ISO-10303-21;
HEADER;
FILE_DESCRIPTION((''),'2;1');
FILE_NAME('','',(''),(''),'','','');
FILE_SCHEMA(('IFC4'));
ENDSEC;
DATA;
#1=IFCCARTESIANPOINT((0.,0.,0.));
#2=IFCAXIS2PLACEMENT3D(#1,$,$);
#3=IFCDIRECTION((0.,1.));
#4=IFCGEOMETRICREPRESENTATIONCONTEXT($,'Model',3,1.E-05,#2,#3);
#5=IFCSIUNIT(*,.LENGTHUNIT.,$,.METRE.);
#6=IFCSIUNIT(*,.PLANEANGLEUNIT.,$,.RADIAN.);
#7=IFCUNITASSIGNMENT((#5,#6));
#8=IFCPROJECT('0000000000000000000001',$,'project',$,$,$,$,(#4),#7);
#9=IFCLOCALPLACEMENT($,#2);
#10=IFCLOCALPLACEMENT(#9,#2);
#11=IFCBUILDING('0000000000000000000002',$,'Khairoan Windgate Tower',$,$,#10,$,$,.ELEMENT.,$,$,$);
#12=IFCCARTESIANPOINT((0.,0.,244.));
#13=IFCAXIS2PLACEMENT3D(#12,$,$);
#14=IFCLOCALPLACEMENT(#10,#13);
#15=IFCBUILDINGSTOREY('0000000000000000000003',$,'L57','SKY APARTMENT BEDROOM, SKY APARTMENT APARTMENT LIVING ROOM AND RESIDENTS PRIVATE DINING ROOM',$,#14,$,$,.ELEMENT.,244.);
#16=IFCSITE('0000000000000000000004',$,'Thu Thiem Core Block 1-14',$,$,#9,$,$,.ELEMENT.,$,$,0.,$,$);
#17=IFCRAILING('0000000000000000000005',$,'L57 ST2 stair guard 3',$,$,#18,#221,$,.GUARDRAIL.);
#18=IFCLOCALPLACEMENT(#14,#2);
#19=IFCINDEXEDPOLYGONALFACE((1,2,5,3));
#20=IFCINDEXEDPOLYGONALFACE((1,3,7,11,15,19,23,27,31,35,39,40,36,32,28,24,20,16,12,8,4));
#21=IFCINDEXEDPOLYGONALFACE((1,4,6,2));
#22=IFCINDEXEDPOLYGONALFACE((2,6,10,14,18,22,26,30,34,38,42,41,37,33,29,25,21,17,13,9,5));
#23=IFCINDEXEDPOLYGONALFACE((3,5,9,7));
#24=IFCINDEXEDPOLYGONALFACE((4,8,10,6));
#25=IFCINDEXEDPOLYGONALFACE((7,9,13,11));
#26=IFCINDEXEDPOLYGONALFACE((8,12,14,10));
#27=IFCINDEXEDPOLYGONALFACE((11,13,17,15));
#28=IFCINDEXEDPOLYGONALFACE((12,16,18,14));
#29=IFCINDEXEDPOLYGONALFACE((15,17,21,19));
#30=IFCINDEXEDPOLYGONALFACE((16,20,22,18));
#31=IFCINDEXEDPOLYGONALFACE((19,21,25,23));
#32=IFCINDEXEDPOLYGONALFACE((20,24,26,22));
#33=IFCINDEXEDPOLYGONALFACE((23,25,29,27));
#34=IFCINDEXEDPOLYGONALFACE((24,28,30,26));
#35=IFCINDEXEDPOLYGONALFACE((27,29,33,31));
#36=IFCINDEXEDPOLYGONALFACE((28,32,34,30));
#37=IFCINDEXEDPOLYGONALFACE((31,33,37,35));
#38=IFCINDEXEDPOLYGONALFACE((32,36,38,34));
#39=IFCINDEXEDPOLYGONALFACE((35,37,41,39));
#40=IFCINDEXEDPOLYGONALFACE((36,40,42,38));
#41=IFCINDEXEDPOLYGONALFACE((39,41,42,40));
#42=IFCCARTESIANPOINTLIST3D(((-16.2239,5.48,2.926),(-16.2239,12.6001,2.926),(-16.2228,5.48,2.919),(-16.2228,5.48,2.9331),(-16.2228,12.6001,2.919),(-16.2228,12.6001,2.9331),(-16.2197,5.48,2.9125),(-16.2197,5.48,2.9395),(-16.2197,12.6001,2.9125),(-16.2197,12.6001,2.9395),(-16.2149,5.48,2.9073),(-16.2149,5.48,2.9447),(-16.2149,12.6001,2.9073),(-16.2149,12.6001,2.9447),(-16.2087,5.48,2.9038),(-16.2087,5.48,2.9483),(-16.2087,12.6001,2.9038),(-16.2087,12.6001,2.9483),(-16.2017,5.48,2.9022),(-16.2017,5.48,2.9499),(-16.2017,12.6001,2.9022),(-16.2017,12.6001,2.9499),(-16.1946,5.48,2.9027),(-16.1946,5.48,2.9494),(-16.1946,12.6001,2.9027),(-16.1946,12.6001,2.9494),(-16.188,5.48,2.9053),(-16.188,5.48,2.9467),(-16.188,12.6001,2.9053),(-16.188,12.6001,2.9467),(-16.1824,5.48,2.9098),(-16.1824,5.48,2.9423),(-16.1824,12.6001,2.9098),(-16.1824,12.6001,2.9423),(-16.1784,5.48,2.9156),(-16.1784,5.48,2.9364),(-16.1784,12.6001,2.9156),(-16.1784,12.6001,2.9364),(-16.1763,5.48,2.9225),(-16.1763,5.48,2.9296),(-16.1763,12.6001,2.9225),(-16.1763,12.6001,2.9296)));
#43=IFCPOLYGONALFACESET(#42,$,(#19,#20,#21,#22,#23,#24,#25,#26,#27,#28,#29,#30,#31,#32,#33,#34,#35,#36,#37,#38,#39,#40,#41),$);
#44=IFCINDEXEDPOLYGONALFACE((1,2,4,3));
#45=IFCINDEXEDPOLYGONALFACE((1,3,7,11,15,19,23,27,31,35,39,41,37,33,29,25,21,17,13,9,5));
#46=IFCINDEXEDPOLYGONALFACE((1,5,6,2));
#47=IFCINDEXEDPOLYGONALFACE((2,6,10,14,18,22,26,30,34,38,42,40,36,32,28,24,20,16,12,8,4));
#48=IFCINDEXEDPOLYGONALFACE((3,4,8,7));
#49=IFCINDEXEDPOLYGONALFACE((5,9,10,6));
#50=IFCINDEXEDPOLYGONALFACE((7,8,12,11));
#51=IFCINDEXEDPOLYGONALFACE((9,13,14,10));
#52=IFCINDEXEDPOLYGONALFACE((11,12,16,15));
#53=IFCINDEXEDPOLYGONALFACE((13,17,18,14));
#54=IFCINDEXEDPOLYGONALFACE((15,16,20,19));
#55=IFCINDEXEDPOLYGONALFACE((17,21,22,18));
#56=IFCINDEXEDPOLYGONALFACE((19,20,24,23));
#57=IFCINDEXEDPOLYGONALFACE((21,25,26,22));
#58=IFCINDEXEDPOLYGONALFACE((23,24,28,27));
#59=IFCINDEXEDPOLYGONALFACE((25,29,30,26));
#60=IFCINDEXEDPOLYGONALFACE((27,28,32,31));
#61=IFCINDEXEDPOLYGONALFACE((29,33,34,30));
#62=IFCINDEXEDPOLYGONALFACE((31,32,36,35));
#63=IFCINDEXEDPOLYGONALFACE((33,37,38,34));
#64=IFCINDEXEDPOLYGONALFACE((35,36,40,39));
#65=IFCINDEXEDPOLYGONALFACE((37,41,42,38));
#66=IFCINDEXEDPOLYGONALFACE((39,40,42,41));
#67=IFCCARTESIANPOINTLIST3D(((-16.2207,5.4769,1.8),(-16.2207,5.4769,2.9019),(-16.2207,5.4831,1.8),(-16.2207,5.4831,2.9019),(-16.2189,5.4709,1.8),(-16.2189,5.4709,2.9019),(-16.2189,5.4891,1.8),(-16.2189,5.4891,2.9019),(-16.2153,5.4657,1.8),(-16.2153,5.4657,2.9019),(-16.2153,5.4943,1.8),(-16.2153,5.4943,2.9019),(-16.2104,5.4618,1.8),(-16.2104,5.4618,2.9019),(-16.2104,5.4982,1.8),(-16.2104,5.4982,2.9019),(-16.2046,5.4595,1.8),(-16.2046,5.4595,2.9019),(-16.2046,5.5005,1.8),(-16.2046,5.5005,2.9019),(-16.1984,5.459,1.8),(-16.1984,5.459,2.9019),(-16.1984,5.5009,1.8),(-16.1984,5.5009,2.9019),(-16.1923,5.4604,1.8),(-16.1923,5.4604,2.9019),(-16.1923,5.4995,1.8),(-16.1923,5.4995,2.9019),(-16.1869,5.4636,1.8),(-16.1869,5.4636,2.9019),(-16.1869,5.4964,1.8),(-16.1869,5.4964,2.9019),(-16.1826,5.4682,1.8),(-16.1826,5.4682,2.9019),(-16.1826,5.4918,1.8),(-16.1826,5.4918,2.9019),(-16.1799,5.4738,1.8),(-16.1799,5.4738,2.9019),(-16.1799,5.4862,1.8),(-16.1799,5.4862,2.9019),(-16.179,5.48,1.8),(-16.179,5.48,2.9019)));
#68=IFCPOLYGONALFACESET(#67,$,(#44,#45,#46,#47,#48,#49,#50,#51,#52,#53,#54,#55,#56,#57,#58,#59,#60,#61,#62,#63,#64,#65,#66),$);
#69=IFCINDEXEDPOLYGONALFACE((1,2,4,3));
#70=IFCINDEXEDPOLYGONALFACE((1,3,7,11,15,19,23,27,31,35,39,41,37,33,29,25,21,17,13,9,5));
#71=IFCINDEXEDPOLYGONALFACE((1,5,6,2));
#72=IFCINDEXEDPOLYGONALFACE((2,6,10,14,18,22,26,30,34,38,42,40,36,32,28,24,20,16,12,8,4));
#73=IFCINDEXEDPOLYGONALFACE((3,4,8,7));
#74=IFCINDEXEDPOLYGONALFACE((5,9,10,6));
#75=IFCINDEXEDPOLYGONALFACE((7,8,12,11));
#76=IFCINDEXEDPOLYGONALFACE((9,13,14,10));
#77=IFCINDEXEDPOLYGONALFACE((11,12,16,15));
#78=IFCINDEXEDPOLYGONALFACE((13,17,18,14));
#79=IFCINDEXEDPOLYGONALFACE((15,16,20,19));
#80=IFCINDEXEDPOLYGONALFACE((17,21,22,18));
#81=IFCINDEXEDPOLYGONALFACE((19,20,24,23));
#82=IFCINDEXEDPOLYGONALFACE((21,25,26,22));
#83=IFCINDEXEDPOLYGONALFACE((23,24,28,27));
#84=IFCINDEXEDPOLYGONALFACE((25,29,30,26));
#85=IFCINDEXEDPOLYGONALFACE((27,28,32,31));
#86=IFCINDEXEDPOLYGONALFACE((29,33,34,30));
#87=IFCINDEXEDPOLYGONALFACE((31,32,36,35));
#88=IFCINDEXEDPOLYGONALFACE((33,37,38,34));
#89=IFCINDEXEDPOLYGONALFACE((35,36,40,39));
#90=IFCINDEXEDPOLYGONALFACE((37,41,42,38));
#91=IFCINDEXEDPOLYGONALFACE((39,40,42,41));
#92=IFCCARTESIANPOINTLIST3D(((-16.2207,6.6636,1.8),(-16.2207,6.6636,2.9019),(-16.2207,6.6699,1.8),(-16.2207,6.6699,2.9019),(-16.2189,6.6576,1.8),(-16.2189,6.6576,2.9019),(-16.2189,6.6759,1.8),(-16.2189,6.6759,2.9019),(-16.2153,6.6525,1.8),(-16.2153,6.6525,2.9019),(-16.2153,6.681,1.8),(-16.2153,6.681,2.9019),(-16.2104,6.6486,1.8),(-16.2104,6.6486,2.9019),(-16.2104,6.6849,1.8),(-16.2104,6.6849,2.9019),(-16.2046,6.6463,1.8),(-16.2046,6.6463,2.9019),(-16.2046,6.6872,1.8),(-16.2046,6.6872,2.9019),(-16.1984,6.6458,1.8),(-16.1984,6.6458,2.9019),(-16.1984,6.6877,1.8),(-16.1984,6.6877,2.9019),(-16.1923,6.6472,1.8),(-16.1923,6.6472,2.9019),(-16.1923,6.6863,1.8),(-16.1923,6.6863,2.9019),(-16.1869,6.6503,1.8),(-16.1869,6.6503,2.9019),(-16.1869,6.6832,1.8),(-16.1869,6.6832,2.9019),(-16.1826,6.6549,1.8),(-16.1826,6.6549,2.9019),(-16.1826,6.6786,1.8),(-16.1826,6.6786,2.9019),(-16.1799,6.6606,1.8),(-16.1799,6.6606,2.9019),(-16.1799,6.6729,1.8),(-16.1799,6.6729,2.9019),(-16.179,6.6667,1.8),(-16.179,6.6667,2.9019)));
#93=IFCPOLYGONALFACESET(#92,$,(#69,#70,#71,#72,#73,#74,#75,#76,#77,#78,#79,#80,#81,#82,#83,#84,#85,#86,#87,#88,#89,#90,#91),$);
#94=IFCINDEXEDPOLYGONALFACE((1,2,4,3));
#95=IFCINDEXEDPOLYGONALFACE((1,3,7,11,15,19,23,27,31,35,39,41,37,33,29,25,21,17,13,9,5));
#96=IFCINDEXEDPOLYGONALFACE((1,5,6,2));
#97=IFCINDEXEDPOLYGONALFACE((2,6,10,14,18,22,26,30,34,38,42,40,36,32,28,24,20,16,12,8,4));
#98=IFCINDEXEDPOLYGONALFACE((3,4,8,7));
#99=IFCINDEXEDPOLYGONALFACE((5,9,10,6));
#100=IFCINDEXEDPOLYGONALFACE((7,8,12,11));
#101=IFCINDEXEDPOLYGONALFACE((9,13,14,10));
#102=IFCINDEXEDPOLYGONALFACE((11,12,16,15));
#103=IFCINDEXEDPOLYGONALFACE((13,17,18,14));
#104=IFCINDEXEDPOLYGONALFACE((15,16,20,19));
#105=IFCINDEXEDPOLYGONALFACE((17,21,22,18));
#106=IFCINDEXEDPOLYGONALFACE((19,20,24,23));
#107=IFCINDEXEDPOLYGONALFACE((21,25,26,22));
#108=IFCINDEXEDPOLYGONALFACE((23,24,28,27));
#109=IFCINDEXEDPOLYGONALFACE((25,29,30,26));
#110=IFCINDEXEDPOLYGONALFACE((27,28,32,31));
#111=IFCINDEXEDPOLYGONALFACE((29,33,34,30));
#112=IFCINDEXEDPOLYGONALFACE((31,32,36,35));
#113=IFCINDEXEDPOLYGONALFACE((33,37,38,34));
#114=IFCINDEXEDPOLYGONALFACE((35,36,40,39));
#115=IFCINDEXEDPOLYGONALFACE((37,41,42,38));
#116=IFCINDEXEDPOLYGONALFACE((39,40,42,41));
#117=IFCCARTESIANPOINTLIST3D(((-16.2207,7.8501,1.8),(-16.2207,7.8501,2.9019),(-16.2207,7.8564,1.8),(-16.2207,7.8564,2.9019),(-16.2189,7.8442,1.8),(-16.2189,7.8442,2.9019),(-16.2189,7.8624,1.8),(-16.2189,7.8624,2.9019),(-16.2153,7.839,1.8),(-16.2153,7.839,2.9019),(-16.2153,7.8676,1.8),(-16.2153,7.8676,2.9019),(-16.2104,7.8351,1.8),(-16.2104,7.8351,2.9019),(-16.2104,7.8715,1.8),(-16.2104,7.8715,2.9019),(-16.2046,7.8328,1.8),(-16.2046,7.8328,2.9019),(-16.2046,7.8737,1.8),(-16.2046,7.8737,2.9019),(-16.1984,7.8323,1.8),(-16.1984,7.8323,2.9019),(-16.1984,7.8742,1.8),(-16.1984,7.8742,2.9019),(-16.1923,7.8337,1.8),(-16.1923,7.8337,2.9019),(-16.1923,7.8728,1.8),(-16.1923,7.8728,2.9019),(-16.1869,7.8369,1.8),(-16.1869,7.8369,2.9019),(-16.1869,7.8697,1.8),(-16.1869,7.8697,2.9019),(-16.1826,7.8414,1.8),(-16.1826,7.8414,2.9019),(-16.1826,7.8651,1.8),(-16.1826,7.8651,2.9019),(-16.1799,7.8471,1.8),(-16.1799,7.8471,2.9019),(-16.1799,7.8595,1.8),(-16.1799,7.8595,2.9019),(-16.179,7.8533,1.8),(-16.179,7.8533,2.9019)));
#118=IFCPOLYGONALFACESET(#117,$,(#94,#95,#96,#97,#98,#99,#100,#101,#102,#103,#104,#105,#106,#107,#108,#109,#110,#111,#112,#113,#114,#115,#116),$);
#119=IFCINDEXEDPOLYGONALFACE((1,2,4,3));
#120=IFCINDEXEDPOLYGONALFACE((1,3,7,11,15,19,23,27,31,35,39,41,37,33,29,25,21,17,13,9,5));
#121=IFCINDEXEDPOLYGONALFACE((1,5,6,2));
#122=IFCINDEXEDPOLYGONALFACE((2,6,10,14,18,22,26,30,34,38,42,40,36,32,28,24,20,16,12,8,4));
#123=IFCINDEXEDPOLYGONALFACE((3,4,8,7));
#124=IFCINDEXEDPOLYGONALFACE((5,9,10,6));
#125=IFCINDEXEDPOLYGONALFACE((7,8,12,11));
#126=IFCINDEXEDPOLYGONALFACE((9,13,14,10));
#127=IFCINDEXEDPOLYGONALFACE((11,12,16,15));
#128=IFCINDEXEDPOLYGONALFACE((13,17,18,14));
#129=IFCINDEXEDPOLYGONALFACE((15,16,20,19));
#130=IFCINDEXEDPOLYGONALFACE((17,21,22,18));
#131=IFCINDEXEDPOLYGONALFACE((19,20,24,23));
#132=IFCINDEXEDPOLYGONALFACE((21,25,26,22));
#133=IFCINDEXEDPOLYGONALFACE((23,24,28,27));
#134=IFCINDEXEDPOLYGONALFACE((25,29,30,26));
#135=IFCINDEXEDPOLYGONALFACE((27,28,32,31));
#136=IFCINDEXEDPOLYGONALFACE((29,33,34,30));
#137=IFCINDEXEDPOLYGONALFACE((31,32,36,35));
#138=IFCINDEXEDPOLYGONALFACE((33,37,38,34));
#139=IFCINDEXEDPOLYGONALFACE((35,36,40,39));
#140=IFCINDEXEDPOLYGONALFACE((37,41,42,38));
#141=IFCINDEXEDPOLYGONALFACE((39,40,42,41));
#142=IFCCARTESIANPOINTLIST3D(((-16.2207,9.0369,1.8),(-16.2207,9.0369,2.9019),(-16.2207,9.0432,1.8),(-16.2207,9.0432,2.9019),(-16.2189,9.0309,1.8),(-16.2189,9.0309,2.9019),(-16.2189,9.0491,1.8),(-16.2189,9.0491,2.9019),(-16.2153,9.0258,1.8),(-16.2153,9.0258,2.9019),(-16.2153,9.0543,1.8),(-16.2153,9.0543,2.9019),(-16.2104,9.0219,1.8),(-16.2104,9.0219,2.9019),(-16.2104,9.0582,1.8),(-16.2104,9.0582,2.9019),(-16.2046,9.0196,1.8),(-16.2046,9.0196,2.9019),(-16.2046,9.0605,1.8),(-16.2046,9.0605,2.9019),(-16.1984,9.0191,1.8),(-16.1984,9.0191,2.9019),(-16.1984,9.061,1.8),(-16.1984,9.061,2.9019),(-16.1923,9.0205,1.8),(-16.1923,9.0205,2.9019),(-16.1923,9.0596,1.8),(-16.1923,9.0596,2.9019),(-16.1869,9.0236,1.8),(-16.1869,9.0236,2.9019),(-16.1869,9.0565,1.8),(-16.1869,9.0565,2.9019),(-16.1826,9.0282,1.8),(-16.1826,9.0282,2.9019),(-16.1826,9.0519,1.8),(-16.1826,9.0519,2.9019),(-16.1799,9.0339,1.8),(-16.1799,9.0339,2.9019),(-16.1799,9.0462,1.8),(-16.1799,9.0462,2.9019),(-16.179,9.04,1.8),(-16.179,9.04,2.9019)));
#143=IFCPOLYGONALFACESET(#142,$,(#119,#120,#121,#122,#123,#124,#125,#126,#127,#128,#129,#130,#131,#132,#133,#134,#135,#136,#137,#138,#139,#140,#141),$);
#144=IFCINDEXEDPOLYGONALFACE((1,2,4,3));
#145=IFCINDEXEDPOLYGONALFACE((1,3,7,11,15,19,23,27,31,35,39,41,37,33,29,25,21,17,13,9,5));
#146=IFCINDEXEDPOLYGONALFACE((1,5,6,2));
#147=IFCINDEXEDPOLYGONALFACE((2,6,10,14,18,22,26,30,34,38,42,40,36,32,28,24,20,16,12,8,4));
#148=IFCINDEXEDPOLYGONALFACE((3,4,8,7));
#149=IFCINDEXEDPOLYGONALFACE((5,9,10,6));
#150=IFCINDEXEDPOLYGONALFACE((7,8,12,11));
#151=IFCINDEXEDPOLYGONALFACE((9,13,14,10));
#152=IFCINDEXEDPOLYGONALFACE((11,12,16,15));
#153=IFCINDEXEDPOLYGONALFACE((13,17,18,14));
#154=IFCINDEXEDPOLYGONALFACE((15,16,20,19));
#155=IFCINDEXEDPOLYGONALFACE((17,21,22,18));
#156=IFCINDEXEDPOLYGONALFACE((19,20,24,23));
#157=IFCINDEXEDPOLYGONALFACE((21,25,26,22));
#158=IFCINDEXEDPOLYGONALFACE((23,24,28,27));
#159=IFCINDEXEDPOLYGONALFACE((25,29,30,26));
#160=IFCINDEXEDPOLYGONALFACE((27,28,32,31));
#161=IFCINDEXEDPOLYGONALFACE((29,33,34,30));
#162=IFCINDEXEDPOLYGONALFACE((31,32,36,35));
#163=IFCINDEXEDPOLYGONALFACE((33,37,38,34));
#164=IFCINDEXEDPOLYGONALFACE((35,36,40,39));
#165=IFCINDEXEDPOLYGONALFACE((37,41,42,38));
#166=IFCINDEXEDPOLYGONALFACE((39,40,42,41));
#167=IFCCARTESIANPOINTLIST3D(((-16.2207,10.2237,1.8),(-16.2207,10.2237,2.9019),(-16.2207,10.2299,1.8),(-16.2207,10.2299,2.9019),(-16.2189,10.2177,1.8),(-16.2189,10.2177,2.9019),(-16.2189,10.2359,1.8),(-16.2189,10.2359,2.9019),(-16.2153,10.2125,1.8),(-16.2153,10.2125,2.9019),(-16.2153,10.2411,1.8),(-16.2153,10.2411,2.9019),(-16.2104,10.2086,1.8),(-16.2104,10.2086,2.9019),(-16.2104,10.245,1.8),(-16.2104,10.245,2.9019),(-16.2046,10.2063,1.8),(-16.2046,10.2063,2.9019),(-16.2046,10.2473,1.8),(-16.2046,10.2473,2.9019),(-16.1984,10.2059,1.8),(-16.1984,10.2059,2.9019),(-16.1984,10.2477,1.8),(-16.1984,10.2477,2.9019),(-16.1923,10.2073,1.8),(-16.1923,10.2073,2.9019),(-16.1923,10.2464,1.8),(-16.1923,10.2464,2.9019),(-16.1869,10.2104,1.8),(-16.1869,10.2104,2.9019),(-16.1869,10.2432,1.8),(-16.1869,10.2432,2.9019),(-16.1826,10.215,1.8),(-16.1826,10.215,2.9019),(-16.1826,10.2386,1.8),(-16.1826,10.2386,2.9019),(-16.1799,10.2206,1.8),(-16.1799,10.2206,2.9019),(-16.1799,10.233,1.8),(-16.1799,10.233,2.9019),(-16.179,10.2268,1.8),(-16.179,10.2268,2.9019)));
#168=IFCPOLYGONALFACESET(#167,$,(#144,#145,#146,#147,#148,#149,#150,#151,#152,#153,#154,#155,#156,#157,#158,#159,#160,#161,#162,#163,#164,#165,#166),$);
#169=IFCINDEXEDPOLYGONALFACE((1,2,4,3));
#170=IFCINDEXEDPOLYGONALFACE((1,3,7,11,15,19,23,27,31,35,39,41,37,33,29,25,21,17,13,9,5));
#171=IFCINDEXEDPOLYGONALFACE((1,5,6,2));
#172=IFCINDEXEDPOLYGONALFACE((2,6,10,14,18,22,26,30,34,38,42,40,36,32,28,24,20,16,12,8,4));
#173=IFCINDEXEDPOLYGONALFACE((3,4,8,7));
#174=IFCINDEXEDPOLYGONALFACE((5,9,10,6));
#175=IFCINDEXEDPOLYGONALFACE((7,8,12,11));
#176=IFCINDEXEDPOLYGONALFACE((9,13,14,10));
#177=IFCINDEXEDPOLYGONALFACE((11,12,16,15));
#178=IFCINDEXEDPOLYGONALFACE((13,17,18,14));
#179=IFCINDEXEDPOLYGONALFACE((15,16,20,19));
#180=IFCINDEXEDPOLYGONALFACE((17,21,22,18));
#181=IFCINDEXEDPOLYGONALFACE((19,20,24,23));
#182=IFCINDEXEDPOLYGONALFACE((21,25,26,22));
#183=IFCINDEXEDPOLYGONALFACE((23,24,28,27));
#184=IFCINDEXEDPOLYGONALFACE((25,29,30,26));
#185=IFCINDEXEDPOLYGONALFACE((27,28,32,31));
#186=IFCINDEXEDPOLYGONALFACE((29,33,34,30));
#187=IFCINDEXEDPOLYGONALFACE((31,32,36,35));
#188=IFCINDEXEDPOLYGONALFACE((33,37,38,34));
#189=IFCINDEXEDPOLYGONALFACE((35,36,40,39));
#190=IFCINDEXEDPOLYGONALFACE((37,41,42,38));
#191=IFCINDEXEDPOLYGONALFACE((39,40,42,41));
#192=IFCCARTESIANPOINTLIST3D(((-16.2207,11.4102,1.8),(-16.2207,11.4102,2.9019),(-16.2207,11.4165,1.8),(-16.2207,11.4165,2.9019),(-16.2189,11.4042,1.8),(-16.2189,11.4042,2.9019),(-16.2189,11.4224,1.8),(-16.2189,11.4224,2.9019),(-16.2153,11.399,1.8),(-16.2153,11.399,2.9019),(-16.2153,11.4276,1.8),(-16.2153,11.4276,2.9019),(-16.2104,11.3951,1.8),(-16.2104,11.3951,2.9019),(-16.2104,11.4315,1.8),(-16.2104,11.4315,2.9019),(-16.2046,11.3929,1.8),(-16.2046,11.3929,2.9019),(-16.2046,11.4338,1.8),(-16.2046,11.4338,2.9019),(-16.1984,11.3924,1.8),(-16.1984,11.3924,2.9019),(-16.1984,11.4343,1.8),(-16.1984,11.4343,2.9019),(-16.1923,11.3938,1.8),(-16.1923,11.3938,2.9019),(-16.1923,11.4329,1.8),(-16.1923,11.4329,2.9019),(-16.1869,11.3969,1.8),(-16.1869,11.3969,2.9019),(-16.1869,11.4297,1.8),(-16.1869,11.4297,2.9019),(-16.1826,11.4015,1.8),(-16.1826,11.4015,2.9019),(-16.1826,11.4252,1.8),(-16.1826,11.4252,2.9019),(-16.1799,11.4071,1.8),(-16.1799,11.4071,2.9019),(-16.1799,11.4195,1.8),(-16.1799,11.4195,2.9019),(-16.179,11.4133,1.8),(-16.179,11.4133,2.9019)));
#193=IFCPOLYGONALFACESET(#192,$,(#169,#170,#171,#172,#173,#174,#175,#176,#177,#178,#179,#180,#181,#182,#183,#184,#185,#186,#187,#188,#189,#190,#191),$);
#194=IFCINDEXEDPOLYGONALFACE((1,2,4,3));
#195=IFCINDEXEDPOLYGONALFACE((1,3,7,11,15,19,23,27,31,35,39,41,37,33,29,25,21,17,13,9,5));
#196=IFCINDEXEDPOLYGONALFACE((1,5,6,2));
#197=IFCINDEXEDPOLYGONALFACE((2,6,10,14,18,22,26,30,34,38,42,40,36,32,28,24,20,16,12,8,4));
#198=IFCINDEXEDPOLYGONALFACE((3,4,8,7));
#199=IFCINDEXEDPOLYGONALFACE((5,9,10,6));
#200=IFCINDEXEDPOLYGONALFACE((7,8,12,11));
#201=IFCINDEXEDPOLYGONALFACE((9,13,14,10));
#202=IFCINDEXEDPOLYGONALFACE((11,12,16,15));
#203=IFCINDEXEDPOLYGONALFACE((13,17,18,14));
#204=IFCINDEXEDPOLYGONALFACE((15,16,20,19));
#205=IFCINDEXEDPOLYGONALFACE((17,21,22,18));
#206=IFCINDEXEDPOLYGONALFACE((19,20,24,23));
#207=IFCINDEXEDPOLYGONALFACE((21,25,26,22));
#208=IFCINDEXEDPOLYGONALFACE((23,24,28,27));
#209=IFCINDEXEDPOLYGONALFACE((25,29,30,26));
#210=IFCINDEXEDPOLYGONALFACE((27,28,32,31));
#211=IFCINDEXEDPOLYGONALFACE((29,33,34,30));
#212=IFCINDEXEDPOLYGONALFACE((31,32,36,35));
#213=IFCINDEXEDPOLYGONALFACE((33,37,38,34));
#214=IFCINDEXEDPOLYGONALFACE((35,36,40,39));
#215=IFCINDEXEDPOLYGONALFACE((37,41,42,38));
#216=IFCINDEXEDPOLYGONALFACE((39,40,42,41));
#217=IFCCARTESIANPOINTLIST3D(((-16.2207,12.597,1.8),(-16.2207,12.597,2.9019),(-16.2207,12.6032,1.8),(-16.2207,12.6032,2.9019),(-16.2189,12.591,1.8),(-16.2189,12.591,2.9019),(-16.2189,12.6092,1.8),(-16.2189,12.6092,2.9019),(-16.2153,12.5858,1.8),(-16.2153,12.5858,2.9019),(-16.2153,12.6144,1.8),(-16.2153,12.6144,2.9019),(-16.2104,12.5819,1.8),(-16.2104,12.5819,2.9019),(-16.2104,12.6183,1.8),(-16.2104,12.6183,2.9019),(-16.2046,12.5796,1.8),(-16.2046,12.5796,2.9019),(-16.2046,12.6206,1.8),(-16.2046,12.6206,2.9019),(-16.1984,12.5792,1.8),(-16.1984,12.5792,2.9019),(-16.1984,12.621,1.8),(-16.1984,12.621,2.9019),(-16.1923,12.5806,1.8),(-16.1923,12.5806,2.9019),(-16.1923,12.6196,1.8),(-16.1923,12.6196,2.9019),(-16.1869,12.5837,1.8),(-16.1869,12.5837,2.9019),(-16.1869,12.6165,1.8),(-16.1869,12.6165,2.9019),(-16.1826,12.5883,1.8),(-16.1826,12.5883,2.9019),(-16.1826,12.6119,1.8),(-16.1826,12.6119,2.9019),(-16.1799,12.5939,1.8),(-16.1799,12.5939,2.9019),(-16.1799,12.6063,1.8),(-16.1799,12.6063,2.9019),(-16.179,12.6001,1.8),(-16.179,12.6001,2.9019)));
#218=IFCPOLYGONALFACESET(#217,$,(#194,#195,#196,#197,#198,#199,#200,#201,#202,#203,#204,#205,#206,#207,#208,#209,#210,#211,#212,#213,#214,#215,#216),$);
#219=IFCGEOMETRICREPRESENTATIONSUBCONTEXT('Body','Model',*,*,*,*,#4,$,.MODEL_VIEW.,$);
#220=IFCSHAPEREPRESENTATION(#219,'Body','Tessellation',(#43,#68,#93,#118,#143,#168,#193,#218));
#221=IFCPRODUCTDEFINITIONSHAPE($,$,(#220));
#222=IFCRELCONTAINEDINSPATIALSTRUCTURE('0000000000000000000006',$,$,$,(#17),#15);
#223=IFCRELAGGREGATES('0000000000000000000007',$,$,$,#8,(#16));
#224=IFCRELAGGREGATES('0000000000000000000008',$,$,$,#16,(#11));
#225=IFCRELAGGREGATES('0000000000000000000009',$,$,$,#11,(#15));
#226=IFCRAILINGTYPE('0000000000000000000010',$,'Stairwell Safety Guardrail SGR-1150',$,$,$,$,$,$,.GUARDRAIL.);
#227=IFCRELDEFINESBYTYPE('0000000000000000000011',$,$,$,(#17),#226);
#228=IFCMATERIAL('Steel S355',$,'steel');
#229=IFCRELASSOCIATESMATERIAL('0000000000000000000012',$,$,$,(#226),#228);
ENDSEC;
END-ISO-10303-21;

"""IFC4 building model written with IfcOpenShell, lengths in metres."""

from ifc_helpers import new_model, si_unit, direction, frame, origin, origin_2d, place, context, subcontext, project, spatial, circle, extrude, material, type_object, element, save


model = new_model("IFC4")

# Units and contexts
model_context = context("Model", 3, precision=1e-05, world=origin(), true_north=direction((0.0, 1.0)))
body_context = subcontext(model_context, "Body", "Model", "MODEL_VIEW")
ifc_project = project(units=[si_unit("LENGTHUNIT", "METRE"), si_unit("PLANEANGLEUNIT", "RADIAN")], contexts=[model_context])

# Site, building, storey
site_placement = place(None, origin())
site = spatial("IfcSite", under=ifc_project, at=site_placement, Name="Thu Thiem Core Block 1-14", CompositionType="ELEMENT", RefElevation=0.0)
building_placement = place(site_placement, origin())
building = spatial("IfcBuilding", under=site, at=building_placement, Name="Khairoan Windgate Tower", CompositionType="ELEMENT")
storey_placement = place(building_placement, frame((0.0, 0.0, 244.0)))
storey = spatial("IfcBuildingStorey", under=building, at=storey_placement, Name="L57", Description="SKY APARTMENT BEDROOM, SKY APARTMENT APARTMENT LIVING ROOM AND RESIDENTS PRIVATE DINING ROOM", CompositionType="ELEMENT", Elevation=244.0)

# Railing
ifc_material_1 = material(Name="Steel S355", Category="steel")
railing_type_1 = type_object("IfcRailingType", Name="Stairwell Safety Guardrail SGR-1150", PredefinedType="GUARDRAIL", material=ifc_material_1)
railing_1_placement = place(storey_placement, frame((-16.2, 5.48, 1.8)))
element("IfcRailing", 1, at=railing_1_placement, inside=storey, type_object=railing_type_1, Name="L57 ST2 stair guard 3", PredefinedType="GUARDRAIL", context=body_context, shape_type="SweptSolid", body=[
    extrude(circle(Radius=0.0239, at=origin_2d()), frame((0.0, 0.0, 1.126), z_axis=(0.0, 1.0, 0.0), x_axis=(-1.0, 0.0, 0.0)), (0.0, 0.0, 1.0), 7.1201),
    extrude(circle(Radius=0.021, at=origin_2d()), origin(), (0.0, 0.0, 1.0), 1.1018),
    extrude(circle(Radius=0.021, at=origin_2d()), frame((0.0, 1.1868, 0.0)), (0.0, 0.0, 1.0), 1.1018),
    extrude(circle(Radius=0.021, at=origin_2d()), frame((0.0, 2.3733, 0.0)), (0.0, 0.0, 1.0), 1.1018),
    extrude(circle(Radius=0.021, at=origin_2d()), frame((0.0, 3.5601, 0.0)), (0.0, 0.0, 1.0), 1.1018),
    extrude(circle(Radius=0.021, at=origin_2d()), frame((0.0, 4.7468, 0.0)), (0.0, 0.0, 1.0), 1.1018),
    extrude(circle(Radius=0.021, at=origin_2d()), frame((0.0, 5.9333, 0.0)), (0.0, 0.0, 1.0), 1.1018),
    extrude(circle(Radius=0.021, at=origin_2d()), frame((0.0, 7.1201, 0.0)), (0.0, 0.0, 1.0), 1.1018),
])

save(model, "model.ifc")
